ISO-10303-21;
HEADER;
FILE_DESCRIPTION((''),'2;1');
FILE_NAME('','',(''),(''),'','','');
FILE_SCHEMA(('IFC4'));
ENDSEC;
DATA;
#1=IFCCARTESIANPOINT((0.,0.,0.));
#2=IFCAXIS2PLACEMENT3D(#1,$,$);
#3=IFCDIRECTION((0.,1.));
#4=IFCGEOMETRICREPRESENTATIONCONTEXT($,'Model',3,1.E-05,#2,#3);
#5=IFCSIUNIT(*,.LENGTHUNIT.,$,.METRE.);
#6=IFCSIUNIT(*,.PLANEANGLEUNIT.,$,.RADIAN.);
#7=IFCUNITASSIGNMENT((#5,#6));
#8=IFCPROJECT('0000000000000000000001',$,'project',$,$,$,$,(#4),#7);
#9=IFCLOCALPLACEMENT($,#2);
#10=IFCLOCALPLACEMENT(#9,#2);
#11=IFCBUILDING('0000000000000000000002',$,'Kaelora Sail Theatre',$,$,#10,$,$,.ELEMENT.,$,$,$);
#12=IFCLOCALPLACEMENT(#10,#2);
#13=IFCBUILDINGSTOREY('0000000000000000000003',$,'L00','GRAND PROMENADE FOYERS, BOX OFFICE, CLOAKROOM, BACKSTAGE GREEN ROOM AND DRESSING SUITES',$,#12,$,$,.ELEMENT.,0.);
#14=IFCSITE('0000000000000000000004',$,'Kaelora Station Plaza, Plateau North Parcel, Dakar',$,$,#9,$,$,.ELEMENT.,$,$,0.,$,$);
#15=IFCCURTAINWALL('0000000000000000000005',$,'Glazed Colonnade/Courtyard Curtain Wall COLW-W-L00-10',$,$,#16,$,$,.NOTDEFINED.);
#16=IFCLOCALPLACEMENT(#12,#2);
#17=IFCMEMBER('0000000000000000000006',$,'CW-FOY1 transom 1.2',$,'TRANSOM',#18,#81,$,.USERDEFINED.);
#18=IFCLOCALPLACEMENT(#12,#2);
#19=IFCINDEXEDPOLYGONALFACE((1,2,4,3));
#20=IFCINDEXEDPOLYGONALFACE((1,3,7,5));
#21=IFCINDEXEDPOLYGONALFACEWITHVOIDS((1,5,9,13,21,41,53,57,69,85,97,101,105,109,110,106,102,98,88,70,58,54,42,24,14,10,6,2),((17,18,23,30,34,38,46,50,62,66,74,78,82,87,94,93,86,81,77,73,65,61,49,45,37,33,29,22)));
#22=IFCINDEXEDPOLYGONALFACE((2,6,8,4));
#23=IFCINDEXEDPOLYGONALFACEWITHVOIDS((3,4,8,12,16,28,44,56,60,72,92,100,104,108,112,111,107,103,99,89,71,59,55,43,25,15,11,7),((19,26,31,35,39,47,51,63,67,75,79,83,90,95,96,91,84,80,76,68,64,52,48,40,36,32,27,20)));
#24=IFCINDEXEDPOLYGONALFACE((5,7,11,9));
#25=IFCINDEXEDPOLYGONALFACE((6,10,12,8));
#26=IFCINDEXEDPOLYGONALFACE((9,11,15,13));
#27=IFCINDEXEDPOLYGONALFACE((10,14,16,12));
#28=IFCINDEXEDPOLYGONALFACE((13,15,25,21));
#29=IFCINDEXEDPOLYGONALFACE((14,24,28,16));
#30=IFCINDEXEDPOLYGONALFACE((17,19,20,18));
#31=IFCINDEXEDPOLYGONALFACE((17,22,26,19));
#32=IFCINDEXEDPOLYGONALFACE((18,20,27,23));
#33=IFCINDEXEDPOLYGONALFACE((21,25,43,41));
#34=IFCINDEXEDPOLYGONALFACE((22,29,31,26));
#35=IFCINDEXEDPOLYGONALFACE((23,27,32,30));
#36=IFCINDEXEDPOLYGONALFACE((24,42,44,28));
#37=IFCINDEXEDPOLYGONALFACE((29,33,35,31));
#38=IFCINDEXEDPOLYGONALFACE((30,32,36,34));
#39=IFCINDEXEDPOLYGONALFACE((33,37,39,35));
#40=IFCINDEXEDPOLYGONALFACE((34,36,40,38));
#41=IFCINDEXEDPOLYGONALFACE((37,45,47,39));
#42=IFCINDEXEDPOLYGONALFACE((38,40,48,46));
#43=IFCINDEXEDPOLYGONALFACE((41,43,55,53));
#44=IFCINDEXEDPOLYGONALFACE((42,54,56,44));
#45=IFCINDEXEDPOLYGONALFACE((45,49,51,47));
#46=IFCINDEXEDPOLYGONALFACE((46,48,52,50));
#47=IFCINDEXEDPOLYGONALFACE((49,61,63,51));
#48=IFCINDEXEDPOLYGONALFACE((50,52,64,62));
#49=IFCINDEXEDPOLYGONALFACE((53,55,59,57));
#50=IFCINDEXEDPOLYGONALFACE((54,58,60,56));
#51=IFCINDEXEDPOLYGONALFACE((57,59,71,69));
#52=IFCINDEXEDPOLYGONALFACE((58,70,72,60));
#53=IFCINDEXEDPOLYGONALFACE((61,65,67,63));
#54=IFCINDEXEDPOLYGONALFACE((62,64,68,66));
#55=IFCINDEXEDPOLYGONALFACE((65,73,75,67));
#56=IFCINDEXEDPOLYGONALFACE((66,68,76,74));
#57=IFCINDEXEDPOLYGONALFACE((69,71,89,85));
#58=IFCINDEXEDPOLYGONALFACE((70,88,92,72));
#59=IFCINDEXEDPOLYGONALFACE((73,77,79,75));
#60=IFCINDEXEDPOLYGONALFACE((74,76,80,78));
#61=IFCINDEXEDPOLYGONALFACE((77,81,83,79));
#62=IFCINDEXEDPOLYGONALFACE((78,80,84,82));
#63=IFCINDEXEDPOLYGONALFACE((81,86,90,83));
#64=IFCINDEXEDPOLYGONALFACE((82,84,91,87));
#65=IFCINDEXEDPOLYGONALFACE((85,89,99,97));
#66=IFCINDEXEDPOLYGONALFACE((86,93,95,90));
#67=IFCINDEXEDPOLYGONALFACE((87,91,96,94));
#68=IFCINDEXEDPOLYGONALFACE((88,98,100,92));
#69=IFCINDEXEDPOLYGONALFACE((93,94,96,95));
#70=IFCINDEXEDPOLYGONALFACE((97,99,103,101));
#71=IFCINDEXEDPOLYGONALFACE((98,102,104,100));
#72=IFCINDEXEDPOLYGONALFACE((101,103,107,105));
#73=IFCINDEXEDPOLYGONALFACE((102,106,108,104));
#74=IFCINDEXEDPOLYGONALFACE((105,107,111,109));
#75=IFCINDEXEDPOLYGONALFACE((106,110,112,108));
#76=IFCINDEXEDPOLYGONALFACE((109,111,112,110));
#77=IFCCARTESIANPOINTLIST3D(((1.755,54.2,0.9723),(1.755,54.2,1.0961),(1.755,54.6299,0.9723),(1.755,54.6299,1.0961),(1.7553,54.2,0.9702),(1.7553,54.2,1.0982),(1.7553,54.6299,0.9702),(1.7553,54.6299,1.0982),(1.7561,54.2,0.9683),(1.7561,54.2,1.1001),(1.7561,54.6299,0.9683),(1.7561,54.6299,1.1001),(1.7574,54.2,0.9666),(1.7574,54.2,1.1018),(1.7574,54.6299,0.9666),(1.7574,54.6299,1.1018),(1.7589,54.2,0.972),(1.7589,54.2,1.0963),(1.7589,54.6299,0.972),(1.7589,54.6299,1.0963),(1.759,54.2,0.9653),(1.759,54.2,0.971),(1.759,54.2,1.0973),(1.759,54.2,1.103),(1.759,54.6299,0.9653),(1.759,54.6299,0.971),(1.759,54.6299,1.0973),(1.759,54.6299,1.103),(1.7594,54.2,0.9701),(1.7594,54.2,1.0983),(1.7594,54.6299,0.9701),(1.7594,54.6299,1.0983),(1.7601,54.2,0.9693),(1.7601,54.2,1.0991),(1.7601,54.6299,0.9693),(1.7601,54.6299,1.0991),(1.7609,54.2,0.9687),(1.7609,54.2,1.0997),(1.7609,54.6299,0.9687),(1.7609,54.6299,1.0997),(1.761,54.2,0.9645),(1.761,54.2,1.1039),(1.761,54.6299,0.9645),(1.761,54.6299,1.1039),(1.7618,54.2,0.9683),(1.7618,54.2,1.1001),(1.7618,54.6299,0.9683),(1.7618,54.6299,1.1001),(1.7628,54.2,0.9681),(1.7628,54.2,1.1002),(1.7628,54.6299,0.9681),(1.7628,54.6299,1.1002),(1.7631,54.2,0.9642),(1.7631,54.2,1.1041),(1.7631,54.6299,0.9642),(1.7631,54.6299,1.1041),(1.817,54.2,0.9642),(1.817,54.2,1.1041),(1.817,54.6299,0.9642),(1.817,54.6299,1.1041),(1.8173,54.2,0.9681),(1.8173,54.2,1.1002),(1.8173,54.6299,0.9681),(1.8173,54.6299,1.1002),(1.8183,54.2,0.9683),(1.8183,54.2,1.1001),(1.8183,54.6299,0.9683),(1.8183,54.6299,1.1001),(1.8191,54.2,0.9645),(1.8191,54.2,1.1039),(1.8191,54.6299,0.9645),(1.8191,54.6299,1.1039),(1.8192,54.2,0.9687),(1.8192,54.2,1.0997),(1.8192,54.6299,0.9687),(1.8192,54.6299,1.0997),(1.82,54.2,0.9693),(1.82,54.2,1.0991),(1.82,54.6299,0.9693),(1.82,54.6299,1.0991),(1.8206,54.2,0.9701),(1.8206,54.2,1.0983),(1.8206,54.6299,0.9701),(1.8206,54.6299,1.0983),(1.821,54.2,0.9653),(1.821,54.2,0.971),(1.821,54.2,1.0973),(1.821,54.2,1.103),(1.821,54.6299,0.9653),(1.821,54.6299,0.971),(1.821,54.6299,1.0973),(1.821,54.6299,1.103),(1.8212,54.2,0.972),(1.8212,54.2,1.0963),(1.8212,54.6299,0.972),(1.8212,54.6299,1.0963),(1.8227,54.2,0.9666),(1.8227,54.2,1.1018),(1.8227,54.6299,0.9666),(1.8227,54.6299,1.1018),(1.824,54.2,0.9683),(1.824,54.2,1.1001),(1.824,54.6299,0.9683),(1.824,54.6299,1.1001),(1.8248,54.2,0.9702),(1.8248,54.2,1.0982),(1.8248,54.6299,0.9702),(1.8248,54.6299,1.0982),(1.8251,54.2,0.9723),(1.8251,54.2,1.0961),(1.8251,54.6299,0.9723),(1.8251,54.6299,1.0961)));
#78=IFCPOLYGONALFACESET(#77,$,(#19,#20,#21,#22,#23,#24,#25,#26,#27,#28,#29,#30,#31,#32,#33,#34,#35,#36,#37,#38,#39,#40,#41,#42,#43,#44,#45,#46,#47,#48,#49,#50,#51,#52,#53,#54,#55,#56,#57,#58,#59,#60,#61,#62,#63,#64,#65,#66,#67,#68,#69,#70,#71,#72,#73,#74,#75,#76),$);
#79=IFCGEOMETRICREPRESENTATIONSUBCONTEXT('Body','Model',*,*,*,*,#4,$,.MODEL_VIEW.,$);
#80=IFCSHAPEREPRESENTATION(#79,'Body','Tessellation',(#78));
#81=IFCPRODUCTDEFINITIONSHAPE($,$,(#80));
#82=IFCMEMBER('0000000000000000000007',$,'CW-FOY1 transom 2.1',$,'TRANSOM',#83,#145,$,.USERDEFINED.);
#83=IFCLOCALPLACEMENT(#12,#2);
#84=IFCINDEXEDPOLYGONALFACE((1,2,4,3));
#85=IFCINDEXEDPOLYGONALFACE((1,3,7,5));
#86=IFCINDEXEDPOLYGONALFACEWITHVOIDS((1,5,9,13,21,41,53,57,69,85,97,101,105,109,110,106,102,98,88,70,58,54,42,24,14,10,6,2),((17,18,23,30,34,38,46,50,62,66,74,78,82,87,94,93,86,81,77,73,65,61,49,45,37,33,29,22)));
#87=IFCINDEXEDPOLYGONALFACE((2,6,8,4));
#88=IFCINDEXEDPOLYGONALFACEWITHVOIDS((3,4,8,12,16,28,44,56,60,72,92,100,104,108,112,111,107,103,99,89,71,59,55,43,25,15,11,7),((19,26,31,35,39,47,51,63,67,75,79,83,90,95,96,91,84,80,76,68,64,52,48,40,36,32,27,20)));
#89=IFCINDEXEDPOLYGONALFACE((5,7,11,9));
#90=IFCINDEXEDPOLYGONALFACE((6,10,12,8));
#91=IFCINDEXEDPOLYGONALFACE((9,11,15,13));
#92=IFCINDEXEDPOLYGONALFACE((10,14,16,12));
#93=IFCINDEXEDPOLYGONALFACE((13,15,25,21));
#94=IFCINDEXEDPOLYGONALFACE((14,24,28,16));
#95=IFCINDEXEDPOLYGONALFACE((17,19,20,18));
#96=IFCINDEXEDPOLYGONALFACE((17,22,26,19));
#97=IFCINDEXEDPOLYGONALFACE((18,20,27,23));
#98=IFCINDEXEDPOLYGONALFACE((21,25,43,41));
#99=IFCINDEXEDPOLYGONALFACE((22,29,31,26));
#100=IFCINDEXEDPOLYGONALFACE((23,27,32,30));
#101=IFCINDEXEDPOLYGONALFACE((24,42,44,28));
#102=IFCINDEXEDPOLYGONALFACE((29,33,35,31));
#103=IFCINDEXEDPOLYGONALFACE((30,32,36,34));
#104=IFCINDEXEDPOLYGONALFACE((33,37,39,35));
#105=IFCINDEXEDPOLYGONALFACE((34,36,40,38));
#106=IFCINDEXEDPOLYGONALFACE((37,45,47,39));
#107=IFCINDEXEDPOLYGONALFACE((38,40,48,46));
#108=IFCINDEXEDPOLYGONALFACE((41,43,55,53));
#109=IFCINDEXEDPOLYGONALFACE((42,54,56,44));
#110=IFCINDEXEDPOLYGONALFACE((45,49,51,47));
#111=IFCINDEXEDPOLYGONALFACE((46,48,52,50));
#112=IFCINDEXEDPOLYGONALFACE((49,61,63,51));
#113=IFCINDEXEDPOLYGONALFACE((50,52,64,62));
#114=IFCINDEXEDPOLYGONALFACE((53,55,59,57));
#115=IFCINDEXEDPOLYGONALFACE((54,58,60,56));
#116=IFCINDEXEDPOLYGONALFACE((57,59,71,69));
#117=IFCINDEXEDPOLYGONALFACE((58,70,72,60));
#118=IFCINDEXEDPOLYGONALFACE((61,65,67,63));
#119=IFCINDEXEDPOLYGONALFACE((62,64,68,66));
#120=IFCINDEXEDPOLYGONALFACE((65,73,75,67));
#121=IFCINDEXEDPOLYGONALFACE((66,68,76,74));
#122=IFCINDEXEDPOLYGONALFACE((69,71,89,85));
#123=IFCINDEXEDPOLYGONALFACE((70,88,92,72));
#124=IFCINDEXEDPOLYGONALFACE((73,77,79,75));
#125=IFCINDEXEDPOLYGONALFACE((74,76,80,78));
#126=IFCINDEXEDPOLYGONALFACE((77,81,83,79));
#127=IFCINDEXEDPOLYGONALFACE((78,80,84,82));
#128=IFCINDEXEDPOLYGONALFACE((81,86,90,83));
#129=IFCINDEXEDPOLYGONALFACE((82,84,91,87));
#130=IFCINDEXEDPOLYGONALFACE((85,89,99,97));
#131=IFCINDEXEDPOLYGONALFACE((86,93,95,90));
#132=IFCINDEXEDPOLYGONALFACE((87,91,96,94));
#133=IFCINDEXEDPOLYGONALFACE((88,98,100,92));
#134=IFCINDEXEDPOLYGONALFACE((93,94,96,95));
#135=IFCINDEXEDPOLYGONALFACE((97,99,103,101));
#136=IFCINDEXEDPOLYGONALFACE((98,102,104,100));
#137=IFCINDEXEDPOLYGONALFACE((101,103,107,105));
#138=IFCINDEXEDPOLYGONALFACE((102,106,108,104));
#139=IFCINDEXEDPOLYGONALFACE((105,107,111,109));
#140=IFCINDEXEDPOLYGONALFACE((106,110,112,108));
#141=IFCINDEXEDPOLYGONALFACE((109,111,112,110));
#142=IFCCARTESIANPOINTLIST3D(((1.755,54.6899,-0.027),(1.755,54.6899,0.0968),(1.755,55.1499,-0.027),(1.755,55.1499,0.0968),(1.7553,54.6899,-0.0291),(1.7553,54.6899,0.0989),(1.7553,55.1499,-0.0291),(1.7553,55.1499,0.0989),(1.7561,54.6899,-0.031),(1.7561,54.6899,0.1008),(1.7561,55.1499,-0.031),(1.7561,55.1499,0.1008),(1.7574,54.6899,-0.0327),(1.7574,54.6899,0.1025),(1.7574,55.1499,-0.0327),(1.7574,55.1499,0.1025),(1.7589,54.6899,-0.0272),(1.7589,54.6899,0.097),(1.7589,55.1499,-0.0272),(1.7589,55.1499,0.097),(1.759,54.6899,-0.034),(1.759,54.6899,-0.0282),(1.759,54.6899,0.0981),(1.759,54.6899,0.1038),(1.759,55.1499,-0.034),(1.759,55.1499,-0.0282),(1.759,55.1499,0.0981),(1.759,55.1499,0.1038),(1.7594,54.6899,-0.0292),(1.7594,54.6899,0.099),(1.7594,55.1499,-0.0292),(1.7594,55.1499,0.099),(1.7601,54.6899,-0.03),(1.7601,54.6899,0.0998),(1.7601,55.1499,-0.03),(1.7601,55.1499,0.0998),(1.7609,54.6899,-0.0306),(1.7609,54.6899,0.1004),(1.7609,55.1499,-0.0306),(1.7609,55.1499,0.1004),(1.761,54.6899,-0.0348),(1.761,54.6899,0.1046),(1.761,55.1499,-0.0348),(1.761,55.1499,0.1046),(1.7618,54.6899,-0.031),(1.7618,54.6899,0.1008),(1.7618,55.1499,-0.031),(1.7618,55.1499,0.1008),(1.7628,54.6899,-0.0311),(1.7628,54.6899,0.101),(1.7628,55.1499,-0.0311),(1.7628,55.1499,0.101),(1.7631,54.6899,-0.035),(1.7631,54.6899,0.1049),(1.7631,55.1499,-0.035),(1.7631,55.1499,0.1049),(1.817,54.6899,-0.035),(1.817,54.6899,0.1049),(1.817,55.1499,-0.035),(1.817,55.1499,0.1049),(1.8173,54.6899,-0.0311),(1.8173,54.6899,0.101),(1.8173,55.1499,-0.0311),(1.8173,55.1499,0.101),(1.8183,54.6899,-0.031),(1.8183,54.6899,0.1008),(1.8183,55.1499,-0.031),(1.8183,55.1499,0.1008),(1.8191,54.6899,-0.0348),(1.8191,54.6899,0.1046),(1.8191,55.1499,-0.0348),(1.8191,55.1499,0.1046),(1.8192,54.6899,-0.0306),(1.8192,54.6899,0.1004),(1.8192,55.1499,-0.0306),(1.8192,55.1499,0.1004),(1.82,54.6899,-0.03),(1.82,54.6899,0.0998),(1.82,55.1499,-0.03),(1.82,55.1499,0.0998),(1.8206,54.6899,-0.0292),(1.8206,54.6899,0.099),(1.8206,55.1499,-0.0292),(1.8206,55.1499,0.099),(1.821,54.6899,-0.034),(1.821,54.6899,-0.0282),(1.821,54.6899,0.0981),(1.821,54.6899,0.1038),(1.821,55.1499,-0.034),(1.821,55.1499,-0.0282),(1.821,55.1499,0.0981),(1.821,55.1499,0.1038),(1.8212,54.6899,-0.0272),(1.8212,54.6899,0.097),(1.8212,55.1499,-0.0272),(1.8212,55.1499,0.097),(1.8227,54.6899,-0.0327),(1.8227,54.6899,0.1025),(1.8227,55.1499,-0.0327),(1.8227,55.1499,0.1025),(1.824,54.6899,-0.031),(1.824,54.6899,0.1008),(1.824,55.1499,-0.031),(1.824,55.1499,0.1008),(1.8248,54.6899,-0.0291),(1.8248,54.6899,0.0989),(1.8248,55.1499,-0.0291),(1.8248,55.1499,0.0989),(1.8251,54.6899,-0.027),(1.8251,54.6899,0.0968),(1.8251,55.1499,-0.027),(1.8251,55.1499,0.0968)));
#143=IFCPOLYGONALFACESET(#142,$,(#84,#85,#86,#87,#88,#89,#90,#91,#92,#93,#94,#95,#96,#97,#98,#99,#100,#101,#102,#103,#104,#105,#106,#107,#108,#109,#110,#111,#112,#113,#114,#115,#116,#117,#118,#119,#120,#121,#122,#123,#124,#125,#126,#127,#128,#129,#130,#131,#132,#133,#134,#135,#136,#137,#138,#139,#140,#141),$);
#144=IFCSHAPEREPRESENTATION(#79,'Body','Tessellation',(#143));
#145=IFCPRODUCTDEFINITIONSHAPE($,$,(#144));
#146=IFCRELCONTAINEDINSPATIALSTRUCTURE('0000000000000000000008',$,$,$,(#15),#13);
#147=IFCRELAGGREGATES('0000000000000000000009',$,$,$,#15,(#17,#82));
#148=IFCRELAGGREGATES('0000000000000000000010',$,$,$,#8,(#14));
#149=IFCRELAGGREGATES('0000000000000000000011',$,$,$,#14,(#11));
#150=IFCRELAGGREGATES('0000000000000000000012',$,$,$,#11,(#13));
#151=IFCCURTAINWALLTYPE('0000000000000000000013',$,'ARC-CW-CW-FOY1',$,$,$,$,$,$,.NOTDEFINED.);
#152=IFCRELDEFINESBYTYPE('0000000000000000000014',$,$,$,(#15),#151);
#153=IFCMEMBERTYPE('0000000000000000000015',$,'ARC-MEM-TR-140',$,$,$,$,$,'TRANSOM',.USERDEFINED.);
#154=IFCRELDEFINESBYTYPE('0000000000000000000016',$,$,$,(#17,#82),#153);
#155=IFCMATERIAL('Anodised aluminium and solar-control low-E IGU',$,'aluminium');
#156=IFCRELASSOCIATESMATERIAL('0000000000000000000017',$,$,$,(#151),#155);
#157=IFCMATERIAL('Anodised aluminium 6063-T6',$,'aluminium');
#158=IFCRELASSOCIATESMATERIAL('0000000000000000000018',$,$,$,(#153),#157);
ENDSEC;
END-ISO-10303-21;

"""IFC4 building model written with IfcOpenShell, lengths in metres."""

from ifc_helpers import new_model, si_unit, direction, frame, origin, origin_2d, place, context, subcontext, project, spatial, hollow_rectangle, extrude, material, material_profile, profile_set, type_object, element, aggregate, save


model = new_model("IFC4")

# Units and contexts
model_context = context("Model", 3, precision=1e-05, world=origin(), true_north=direction((0.0, 1.0)))
body_context = subcontext(model_context, "Body", "Model", "MODEL_VIEW")
ifc_project = project(units=[si_unit("LENGTHUNIT", "METRE"), si_unit("PLANEANGLEUNIT", "RADIAN")], contexts=[model_context])

# Site, building, storey
site_placement = place(None, origin())
site = spatial("IfcSite", under=ifc_project, at=site_placement, Name="Kaelora Station Plaza, Plateau North Parcel, Dakar", CompositionType="ELEMENT", RefElevation=0.0)
building_placement = place(site_placement, origin())
building = spatial("IfcBuilding", under=site, at=building_placement, Name="Kaelora Sail Theatre", CompositionType="ELEMENT")
storey_placement = place(building_placement, origin())
storey = spatial("IfcBuildingStorey", under=building, at=storey_placement, Name="L00", Description="GRAND PROMENADE FOYERS, BOX OFFICE, CLOAKROOM, BACKSTAGE GREEN ROOM AND DRESSING SUITES", CompositionType="ELEMENT", Elevation=0.0)

# Curtain wall
ifc_material_1 = material(Name="Anodised aluminium and solar-control low-E IGU", Category="aluminium")
curtain_wall_type = type_object("IfcCurtainWallType", Name="ARC-CW-CW-FOY1", PredefinedType="NOTDEFINED", material=ifc_material_1)
curtain_wall_1_placement = place(storey_placement, origin())
curtain_wall_1 = element("IfcCurtainWall", 1, at=curtain_wall_1_placement, inside=storey, type_object=curtain_wall_type, Name="Glazed Colonnade/Courtyard Curtain Wall COLW-W-L00-10", PredefinedType="NOTDEFINED")

# Members
ifc_material_2 = material(Name="Anodised aluminium 6063-T6", Category="aluminium")
ifc_material_profile_1 = material_profile(ifc_material_2, hollow_rectangle(XDim=0.0701, YDim=0.1399, WallThickness=0.0039, InnerFilletRadius=0.0039, OuterFilletRadius=0.0081, at=origin_2d()), Name="ALU-TRAN 70x140x4")
ifc_profile_set_1 = profile_set([ifc_material_profile_1], Name="Anodised aluminium 6063-T6")
member_type_1 = type_object("IfcMemberType", Name="ARC-MEM-TR-140", ElementType="TRANSOM", PredefinedType="USERDEFINED", material=ifc_profile_set_1)
member_1_placement = place(storey_placement, frame((1.79, 54.2, 1.0342), z_axis=(0.0, 1.0, 0.0), x_axis=(-1.0, 0.0, 0.0)))
member_1 = element("IfcMember", 2, at=member_1_placement, type_object=member_type_1, Name="CW-FOY1 transom 1.2", ObjectType="TRANSOM", PredefinedType="USERDEFINED", context=body_context, shape_type="SweptSolid", body=[
    extrude(hollow_rectangle(XDim=0.0701, YDim=0.1399, WallThickness=0.0039, InnerFilletRadius=0.0039, OuterFilletRadius=0.0081, at=origin_2d()), origin(), (0.0, 0.0, 1.0), 0.4299),
])
member_2_placement = place(storey_placement, frame((1.79, 54.6899, 0.0349), z_axis=(0.0, 1.0, 0.0), x_axis=(-1.0, 0.0, 0.0)))
member_2 = element("IfcMember", 3, at=member_2_placement, type_object=member_type_1, Name="CW-FOY1 transom 2.1", ObjectType="TRANSOM", PredefinedType="USERDEFINED", context=body_context, shape_type="SweptSolid", body=[
    extrude(hollow_rectangle(XDim=0.0701, YDim=0.1399, WallThickness=0.0039, InnerFilletRadius=0.0039, OuterFilletRadius=0.0081, at=origin_2d()), origin(), (0.0, 0.0, 1.0), 0.46),
])

aggregate(curtain_wall_1, [member_1, member_2])

save(model, "model.ifc")
